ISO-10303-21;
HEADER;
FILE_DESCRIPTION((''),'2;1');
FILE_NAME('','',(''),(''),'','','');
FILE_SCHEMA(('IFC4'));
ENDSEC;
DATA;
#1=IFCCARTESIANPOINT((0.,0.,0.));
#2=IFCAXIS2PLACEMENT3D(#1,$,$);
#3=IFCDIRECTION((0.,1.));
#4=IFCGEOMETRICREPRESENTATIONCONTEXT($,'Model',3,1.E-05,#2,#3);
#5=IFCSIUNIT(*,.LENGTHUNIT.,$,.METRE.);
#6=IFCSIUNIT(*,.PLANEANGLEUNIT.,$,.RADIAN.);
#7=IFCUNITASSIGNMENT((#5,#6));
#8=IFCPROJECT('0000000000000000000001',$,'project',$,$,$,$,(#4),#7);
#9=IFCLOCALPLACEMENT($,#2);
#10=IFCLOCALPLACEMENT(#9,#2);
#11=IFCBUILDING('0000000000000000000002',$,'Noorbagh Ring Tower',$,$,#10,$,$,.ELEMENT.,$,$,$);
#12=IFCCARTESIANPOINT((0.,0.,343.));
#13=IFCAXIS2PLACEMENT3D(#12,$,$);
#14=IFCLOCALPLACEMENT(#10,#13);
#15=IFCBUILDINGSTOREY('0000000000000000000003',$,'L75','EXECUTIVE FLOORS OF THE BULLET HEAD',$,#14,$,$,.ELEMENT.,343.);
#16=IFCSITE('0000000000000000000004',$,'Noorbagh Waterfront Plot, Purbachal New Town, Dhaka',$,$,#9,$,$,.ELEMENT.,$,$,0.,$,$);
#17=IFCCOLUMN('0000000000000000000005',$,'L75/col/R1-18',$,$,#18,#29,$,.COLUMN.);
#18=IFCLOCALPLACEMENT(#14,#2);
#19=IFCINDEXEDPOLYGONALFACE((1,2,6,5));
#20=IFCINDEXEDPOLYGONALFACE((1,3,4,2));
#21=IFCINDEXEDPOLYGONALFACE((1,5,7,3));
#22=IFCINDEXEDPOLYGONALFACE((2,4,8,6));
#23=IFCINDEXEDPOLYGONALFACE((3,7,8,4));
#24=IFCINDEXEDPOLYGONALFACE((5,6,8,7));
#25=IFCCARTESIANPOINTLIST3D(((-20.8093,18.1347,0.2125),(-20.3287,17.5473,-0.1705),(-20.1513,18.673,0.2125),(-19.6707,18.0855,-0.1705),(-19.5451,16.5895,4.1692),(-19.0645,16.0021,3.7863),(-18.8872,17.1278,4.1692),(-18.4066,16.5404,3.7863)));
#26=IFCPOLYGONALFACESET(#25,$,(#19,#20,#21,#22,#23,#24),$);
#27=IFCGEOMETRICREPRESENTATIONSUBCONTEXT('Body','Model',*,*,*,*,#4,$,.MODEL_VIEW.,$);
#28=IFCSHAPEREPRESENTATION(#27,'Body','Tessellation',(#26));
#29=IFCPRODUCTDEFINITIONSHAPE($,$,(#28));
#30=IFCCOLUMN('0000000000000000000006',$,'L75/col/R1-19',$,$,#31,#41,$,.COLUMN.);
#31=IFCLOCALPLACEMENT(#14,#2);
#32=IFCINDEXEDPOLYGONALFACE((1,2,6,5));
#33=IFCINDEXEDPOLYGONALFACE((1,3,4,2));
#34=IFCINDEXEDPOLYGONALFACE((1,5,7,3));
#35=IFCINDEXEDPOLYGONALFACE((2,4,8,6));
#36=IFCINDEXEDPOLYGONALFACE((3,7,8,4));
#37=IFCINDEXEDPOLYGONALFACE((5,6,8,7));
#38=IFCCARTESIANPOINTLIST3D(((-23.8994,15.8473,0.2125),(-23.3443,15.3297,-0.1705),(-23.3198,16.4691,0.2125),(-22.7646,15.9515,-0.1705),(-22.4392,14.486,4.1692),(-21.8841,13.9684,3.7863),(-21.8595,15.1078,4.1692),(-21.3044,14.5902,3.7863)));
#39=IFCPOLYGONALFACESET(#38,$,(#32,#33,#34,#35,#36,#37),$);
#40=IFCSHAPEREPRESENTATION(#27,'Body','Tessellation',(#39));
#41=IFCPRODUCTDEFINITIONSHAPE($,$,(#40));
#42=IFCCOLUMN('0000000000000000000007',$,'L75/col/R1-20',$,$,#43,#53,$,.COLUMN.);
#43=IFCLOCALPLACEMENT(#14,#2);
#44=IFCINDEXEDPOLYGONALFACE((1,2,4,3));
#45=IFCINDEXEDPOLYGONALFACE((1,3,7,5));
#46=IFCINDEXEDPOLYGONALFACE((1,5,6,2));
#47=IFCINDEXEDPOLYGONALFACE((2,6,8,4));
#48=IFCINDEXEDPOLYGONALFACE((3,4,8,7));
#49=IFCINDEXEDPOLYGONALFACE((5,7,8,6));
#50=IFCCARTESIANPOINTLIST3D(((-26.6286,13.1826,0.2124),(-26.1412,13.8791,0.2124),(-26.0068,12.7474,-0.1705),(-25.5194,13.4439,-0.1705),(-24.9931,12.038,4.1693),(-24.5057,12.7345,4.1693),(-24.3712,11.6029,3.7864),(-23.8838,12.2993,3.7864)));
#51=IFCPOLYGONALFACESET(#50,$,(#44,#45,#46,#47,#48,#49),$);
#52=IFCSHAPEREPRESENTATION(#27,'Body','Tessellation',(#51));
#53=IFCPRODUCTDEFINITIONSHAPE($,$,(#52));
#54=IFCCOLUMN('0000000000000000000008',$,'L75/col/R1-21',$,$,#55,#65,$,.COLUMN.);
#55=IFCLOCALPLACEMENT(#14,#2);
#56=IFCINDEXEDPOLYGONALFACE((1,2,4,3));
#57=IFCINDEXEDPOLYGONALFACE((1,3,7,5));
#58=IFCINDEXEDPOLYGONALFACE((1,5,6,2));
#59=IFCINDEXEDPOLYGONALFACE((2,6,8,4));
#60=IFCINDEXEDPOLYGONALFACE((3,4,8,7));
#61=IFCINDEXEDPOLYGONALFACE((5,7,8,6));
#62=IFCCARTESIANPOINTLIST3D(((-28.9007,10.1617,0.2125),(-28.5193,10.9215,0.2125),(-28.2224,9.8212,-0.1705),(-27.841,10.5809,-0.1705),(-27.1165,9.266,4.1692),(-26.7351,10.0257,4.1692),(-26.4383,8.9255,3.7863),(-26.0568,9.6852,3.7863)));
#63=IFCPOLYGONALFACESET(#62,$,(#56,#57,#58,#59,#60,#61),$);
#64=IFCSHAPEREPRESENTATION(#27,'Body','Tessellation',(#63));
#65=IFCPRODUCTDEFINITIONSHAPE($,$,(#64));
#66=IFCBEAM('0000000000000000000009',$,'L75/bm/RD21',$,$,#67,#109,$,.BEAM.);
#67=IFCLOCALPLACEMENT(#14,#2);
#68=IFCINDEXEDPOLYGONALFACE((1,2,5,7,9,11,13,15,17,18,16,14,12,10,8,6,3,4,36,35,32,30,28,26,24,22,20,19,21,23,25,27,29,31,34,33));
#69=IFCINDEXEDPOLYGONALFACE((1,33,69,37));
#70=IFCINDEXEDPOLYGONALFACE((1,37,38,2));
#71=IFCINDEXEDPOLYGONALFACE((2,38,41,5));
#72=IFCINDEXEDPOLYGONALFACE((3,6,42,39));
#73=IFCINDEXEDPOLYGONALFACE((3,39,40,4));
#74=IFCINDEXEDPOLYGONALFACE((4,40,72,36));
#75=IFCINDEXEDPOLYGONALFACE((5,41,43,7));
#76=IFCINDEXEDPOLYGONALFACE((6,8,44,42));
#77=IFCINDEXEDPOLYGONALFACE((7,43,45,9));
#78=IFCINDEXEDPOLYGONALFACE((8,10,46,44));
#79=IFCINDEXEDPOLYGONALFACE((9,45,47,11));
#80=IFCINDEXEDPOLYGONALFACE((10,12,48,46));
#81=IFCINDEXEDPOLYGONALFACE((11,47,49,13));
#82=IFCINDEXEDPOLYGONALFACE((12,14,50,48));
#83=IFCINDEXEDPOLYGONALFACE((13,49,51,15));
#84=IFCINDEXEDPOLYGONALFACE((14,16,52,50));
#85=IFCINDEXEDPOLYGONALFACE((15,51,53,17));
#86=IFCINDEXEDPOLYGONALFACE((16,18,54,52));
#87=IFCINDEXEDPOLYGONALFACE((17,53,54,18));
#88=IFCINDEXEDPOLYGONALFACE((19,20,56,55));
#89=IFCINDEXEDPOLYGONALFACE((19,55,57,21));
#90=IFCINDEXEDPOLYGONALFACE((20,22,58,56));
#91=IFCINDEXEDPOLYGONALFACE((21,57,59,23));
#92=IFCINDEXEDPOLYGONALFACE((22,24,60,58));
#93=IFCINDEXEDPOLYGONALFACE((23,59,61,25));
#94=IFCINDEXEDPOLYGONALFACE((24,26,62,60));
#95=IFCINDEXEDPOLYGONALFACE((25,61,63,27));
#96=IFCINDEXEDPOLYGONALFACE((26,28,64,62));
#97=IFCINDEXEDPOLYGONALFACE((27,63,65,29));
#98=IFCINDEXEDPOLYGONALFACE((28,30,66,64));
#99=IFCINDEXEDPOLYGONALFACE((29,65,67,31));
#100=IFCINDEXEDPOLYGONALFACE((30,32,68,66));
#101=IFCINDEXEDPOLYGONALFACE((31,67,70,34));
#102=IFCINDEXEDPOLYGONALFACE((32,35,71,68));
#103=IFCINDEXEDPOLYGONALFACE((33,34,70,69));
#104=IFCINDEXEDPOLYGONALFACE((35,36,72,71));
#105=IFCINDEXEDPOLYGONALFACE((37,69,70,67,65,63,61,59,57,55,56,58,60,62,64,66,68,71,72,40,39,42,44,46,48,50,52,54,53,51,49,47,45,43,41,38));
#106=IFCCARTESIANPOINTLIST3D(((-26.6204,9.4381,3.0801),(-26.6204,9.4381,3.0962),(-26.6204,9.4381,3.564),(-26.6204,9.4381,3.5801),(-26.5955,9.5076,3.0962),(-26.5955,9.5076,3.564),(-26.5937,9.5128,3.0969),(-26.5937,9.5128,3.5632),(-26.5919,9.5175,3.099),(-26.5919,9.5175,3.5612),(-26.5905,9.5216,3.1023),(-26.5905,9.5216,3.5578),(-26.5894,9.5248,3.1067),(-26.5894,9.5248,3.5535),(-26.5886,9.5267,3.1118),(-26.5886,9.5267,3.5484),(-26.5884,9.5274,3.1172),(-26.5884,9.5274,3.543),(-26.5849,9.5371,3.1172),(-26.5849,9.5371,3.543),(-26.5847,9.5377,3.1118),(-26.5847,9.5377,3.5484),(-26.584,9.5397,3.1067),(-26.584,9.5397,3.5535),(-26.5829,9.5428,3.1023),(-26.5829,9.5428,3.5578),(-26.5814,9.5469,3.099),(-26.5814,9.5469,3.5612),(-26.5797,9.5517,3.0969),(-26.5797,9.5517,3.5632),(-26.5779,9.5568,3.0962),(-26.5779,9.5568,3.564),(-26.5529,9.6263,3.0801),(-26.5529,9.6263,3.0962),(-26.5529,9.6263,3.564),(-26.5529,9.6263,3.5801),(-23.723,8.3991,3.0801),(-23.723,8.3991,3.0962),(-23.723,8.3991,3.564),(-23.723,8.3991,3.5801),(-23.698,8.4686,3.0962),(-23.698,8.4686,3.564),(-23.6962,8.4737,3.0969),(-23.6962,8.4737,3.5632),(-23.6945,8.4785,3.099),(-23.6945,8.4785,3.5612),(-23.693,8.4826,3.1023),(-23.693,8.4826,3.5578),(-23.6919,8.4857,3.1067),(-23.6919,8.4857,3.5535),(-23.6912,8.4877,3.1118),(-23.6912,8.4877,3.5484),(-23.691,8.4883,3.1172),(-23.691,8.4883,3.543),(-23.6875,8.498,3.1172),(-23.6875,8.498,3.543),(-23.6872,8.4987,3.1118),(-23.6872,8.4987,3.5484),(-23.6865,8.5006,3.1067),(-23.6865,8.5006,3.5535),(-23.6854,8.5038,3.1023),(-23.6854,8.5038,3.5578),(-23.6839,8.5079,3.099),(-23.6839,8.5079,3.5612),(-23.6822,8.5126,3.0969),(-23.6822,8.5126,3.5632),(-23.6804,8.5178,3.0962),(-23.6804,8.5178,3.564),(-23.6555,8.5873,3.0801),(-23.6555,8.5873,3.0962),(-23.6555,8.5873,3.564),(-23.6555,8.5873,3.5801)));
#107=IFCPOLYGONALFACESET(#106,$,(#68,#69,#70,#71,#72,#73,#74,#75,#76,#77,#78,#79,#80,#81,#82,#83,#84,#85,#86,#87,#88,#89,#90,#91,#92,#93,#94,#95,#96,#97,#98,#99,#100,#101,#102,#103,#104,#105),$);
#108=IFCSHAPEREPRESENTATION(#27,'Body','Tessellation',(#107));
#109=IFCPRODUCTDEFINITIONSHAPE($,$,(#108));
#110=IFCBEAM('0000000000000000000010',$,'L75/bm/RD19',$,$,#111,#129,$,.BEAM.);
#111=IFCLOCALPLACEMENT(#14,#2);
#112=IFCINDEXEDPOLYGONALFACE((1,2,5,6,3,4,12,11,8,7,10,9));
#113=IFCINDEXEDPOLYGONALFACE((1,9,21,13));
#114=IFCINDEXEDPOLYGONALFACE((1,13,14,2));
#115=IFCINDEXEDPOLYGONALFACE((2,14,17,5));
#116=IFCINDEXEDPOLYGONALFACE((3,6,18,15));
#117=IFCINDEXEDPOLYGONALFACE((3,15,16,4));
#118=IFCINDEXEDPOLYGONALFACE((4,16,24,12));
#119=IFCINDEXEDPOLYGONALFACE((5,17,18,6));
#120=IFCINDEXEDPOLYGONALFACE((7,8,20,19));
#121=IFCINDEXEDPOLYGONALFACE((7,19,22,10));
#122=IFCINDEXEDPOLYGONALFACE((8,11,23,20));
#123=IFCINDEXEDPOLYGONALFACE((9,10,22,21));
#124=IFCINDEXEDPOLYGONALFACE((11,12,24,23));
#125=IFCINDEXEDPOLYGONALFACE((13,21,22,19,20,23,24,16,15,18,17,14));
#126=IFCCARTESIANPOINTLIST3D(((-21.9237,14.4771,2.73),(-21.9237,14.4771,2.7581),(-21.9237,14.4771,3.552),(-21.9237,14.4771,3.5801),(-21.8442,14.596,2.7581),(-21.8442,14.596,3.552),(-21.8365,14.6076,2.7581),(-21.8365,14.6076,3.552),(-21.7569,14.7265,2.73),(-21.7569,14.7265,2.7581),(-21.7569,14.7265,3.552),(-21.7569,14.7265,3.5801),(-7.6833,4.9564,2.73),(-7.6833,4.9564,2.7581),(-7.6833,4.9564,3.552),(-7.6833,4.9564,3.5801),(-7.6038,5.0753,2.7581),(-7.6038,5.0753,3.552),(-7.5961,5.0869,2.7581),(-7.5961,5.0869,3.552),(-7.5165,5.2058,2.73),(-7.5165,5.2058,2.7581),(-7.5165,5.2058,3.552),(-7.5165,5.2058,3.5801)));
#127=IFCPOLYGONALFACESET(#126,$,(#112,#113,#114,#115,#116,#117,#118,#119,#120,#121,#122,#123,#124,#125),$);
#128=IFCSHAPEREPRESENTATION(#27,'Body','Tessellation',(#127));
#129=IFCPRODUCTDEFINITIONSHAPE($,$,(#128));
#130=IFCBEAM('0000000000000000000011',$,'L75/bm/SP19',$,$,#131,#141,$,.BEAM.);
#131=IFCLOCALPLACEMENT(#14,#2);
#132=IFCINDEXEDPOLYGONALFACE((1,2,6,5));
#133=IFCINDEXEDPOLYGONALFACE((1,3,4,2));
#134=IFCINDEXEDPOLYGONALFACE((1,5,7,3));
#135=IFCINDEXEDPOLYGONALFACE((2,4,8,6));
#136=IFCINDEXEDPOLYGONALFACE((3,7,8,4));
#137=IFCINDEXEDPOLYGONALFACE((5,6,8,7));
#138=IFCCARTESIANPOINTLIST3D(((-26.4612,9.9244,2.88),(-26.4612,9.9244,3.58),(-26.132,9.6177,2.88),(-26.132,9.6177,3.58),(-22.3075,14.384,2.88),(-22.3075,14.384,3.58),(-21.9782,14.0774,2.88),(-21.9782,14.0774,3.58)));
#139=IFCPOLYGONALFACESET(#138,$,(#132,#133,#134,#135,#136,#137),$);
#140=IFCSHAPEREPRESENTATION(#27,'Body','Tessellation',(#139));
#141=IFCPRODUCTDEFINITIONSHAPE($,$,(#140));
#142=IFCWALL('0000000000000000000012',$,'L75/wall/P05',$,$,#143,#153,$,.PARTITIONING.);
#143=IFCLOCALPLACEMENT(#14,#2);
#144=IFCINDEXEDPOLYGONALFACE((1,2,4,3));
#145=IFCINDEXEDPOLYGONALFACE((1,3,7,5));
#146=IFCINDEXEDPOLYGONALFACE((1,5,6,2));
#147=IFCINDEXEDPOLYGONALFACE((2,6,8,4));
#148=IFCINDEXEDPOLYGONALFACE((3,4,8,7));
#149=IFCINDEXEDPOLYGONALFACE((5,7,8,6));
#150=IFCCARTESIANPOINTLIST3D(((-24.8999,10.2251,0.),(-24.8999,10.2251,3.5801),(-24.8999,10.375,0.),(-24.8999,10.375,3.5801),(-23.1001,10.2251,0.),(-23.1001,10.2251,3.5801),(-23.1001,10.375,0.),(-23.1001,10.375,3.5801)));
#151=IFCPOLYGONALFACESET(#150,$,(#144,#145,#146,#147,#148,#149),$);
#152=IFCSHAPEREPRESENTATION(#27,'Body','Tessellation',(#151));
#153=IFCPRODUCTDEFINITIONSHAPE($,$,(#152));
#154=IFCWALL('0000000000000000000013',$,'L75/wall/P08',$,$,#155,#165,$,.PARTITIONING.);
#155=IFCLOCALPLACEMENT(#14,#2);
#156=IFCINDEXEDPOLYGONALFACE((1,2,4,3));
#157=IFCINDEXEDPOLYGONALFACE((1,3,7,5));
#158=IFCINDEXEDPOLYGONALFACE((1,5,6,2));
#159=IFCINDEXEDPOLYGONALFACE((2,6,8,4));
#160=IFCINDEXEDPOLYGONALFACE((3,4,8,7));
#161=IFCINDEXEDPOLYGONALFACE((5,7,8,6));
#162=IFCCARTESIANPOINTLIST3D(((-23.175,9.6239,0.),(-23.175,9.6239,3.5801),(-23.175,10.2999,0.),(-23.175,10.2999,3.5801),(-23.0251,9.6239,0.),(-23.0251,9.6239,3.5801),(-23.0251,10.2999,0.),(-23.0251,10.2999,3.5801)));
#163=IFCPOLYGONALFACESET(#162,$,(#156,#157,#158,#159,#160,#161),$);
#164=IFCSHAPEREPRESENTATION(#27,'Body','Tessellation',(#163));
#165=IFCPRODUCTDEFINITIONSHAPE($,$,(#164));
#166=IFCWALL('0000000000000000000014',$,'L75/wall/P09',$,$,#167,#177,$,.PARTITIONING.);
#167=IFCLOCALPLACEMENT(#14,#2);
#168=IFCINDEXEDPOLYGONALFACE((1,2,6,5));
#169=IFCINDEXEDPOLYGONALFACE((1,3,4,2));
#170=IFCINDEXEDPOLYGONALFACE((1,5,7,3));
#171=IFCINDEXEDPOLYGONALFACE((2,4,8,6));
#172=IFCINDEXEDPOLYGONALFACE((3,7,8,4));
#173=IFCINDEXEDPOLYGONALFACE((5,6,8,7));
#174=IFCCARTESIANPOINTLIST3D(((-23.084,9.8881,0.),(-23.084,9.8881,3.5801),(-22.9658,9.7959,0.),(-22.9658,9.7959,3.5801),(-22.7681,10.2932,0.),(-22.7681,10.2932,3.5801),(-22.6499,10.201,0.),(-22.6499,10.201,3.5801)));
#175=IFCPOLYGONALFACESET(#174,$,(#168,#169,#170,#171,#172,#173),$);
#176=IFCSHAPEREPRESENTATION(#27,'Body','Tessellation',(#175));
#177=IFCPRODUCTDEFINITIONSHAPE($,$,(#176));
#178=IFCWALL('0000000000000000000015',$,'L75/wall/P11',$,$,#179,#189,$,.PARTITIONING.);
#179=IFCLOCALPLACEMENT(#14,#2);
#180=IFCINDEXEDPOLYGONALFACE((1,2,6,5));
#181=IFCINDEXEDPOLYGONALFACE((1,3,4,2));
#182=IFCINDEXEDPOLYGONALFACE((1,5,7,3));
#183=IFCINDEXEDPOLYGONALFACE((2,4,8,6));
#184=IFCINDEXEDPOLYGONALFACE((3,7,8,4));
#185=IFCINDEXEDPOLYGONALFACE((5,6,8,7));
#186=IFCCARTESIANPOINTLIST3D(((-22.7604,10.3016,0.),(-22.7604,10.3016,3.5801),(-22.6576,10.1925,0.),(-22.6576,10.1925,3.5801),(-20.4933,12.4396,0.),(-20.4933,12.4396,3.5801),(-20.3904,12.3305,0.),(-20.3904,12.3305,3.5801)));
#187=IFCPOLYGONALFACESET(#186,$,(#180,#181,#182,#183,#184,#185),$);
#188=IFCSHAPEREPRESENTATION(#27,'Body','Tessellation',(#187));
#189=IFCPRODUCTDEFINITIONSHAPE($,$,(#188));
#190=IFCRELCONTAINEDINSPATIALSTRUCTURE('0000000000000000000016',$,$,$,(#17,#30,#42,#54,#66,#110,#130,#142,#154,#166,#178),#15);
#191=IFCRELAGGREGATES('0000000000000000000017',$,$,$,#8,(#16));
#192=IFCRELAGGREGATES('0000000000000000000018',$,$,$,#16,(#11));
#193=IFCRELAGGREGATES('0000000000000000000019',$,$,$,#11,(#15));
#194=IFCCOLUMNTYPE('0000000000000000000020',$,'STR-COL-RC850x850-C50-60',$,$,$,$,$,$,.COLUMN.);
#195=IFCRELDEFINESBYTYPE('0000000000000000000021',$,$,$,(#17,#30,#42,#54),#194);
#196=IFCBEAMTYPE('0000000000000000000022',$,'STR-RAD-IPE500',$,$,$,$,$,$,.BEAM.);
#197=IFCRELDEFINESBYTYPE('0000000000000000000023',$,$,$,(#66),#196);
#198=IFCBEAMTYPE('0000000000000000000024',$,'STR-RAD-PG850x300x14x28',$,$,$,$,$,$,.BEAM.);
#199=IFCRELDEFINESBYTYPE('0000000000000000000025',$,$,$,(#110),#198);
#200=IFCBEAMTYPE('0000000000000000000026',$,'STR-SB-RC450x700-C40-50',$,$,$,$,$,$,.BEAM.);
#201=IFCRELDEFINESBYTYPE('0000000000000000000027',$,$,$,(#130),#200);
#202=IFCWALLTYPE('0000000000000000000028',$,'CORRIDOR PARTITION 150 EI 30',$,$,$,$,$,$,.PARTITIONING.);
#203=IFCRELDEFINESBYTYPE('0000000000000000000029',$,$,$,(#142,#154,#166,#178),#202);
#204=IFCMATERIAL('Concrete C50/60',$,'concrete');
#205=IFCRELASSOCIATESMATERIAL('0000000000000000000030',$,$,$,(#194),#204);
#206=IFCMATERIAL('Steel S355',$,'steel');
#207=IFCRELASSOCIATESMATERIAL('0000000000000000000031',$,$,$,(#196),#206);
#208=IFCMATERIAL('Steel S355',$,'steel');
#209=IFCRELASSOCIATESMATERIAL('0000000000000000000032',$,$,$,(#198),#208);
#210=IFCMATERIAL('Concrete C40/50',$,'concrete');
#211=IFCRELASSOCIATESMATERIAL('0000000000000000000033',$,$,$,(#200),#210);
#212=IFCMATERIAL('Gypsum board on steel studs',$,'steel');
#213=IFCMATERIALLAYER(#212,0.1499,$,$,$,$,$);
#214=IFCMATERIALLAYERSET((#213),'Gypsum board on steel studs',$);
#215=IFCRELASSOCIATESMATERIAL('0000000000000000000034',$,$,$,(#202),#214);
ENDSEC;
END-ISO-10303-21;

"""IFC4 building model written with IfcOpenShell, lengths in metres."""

from ifc_helpers import new_model, si_unit, direction, frame, frame_2d, origin, origin_2d, place, context, subcontext, project, spatial, rectangle, i_section, extrude, material, layer, layer_set, material_profile, profile_set, type_object, element, save


model = new_model("IFC4")

# Units and contexts
model_context = context("Model", 3, precision=1e-05, world=origin(), true_north=direction((0.0, 1.0)))
body_context = subcontext(model_context, "Body", "Model", "MODEL_VIEW")
ifc_project = project(units=[si_unit("LENGTHUNIT", "METRE"), si_unit("PLANEANGLEUNIT", "RADIAN")], contexts=[model_context])

# Site, building, storey
site_placement = place(None, origin())
site = spatial("IfcSite", under=ifc_project, at=site_placement, Name="Noorbagh Waterfront Plot, Purbachal New Town, Dhaka", CompositionType="ELEMENT", RefElevation=0.0)
building_placement = place(site_placement, origin())
building = spatial("IfcBuilding", under=site, at=building_placement, Name="Noorbagh Ring Tower", CompositionType="ELEMENT")
storey_placement = place(building_placement, frame((0.0, 0.0, 343.0)))
storey = spatial("IfcBuildingStorey", under=building, at=storey_placement, Name="L75", Description="EXECUTIVE FLOORS OF THE BULLET HEAD", CompositionType="ELEMENT", Elevation=343.0)

# Columns
ifc_material_1 = material(Name="Concrete C50/60", Category="concrete")
ifc_material_profile_1 = material_profile(ifc_material_1, rectangle(XDim=0.8501, YDim=0.8501, at=origin_2d()), Name="RC850x850")
ifc_profile_set_1 = profile_set([ifc_material_profile_1], Name="Concrete C50/60")
column_type = type_object("IfcColumnType", Name="STR-COL-RC850x850-C50-60", PredefinedType="COLUMN", material=ifc_profile_set_1)
for number, where, z_axis, x_axis, name in (
    (1, (-20.24, 18.1101, 0.021), (0.285241, -0.348646, 0.892796), (0.773974, 0.633218, 0.0), "L75/col/R1-18"),
    (2, (-23.332, 15.8994, 0.021), (0.329477, -0.307167, 0.892801), (0.681909, 0.731437, 0.0), "L75/col/R1-19"),
    (3, (-26.074, 13.3132, 0.021), (0.369036, -0.258253, 0.892814), (0.573356, 0.819307, 0.0), "L75/col/R1-20"),
    (4, (-28.3708, 10.3713, 0.021), (0.402576, -0.202114, 0.892795), (0.44868, 0.893692, 0.0), "L75/col/R1-21"),
):
    element("IfcColumn", number, at=place(storey_placement, frame(where, z_axis=z_axis, x_axis=x_axis)), inside=storey, type_object=column_type, Name=name, PredefinedType="COLUMN", context=body_context, shape_type="SweptSolid", body=[
        extrude(rectangle(XDim=0.8501, YDim=0.8501, at=origin_2d()), origin(), (0.0, 0.0, 1.0), 4.4319),
    ])

# Beams
ifc_material_2 = material(Name="Steel S355", Category="steel")
ifc_material_profile_2 = material_profile(ifc_material_2, i_section(OverallWidth=0.2, OverallDepth=0.5, WebThickness=0.0103, FlangeThickness=0.0161, FilletRadius=0.021, at=origin_2d()), Name="IPE500")
ifc_profile_set_2 = profile_set([ifc_material_profile_2], Name="Steel S355")
beam_type_1 = type_object("IfcBeamType", Name="STR-RAD-IPE500", PredefinedType="BEAM", material=ifc_profile_set_2)
beam_1_placement = place(storey_placement, frame((-26.5867, 9.5322, 3.3301), z_axis=(0.941303, -0.337562, 0.0), x_axis=(0.337562, 0.941303, 0.0)))
element("IfcBeam", 5, at=beam_1_placement, inside=storey, type_object=beam_type_1, Name="L75/bm/RD21", PredefinedType="BEAM", context=body_context, shape_type="SweptSolid", body=[
    extrude(i_section(OverallWidth=0.2, OverallDepth=0.5, WebThickness=0.0103, FlangeThickness=0.0161, FilletRadius=0.021, at=origin_2d()), origin(), (0.0, 0.0, 1.0), 3.0781),
])
ifc_material_3 = material(Name="Steel S355", Category="steel")
ifc_material_profile_3 = material_profile(ifc_material_3, i_section(OverallWidth=0.3, OverallDepth=0.8501, WebThickness=0.0139, FlangeThickness=0.0281, at=origin_2d()), Name="PG850x300x14x28")
ifc_profile_set_3 = profile_set([ifc_material_profile_3], Name="Steel S355")
beam_type_2 = type_object("IfcBeamType", Name="STR-RAD-PG850x300x14x28", PredefinedType="BEAM", material=ifc_profile_set_3)
beam_2_placement = place(storey_placement, frame((-21.8403, 14.6018, 3.155), z_axis=(0.831319, -0.555795, 0.0), x_axis=(0.555795, 0.831319, 0.0)))
element("IfcBeam", 6, at=beam_2_placement, inside=storey, type_object=beam_type_2, Name="L75/bm/RD19", PredefinedType="BEAM", context=body_context, shape_type="SweptSolid", body=[
    extrude(i_section(OverallWidth=0.3, OverallDepth=0.8501, WebThickness=0.0139, FlangeThickness=0.0281, at=origin_2d()), origin(), (0.0, 0.0, 1.0), 17.1299),
])
ifc_material_4 = material(Name="Concrete C40/50", Category="concrete")
ifc_material_profile_4 = material_profile(ifc_material_4, rectangle(XDim=0.45, YDim=0.7, at=origin_2d()), Name="RC450x700")
ifc_profile_set_4 = profile_set([ifc_material_profile_4], Name="Concrete C40/50")
beam_type_3 = type_object("IfcBeamType", Name="STR-SB-RC450x700-C40-50", PredefinedType="BEAM", material=ifc_profile_set_4)
beam_3_placement = place(storey_placement, frame((-22.1428, 14.2307, 3.23), z_axis=(-0.681564, -0.731758, 0.0), x_axis=(0.731758, -0.681564, 0.0)))
element("IfcBeam", 7, at=beam_3_placement, inside=storey, type_object=beam_type_3, Name="L75/bm/SP19", PredefinedType="BEAM", context=body_context, shape_type="SweptSolid", body=[
    extrude(rectangle(XDim=0.45, YDim=0.7, at=origin_2d()), origin(), (0.0, 0.0, 1.0), 6.0945),
])

# Walls
ifc_material_5 = material(Name="Gypsum board on steel studs", Category="steel")
ifc_layer_1 = layer(ifc_material_5, 0.1499)
ifc_layer_set_1 = layer_set([ifc_layer_1], Name="Gypsum board on steel studs")
wall_type_1 = type_object("IfcWallType", Name="CORRIDOR PARTITION 150 EI 30", PredefinedType="PARTITIONING", material=ifc_layer_set_1)
wall_1_placement = place(storey_placement, frame((-24.8999, 10.3, 0.0), z_axis=(0.0, 0.0, 1.0), x_axis=(1.0, 0.0, 0.0)))
element("IfcWall", 8, at=wall_1_placement, inside=storey, type_object=wall_type_1, Name="L75/wall/P05", PredefinedType="PARTITIONING", context=body_context, shape_type="SweptSolid", body=[
    extrude(rectangle(XDim=1.7998, YDim=0.1499, at=frame_2d((0.8999, 0.0))), origin(), (0.0, 0.0, 1.0), 3.5801),
])
wall_2_placement = place(storey_placement, frame((-23.1001, 9.624, 0.0), z_axis=(0.0, 0.0, 1.0), x_axis=(0.0, 1.0, 0.0)))
element("IfcWall", 9, at=wall_2_placement, inside=storey, type_object=wall_type_1, Name="L75/wall/P08", PredefinedType="PARTITIONING", context=body_context, shape_type="SweptSolid", body=[
    extrude(rectangle(XDim=0.676, YDim=0.1499, at=frame_2d((0.3379, 0.0))), origin(), (0.0, 0.0, 1.0), 3.5801),
])
wall_3_placement = place(storey_placement, frame((-23.0249, 9.842, 0.0), z_axis=(0.0, 0.0, 1.0), x_axis=(0.615026, 0.788507, 0.0)))
element("IfcWall", 10, at=wall_3_placement, inside=storey, type_object=wall_type_1, Name="L75/wall/P09", PredefinedType="PARTITIONING", context=body_context, shape_type="SweptSolid", body=[
    extrude(rectangle(XDim=0.5137, YDim=0.1499, at=frame_2d((0.2568, 0.0))), origin(), (0.0, 0.0, 1.0), 3.5801),
])
wall_4_placement = place(storey_placement, frame((-22.709, 10.2471, 0.0), z_axis=(0.0, 0.0, 1.0), x_axis=(0.727526, 0.68608, 0.0)))
element("IfcWall", 11, at=wall_4_placement, inside=storey, type_object=wall_type_1, Name="L75/wall/P11", PredefinedType="PARTITIONING", context=body_context, shape_type="SweptSolid", body=[
    extrude(rectangle(XDim=3.1162, YDim=0.1499, at=frame_2d((1.5581, 0.0))), origin(), (0.0, 0.0, 1.0), 3.5801),
])

save(model, "model.ifc")
